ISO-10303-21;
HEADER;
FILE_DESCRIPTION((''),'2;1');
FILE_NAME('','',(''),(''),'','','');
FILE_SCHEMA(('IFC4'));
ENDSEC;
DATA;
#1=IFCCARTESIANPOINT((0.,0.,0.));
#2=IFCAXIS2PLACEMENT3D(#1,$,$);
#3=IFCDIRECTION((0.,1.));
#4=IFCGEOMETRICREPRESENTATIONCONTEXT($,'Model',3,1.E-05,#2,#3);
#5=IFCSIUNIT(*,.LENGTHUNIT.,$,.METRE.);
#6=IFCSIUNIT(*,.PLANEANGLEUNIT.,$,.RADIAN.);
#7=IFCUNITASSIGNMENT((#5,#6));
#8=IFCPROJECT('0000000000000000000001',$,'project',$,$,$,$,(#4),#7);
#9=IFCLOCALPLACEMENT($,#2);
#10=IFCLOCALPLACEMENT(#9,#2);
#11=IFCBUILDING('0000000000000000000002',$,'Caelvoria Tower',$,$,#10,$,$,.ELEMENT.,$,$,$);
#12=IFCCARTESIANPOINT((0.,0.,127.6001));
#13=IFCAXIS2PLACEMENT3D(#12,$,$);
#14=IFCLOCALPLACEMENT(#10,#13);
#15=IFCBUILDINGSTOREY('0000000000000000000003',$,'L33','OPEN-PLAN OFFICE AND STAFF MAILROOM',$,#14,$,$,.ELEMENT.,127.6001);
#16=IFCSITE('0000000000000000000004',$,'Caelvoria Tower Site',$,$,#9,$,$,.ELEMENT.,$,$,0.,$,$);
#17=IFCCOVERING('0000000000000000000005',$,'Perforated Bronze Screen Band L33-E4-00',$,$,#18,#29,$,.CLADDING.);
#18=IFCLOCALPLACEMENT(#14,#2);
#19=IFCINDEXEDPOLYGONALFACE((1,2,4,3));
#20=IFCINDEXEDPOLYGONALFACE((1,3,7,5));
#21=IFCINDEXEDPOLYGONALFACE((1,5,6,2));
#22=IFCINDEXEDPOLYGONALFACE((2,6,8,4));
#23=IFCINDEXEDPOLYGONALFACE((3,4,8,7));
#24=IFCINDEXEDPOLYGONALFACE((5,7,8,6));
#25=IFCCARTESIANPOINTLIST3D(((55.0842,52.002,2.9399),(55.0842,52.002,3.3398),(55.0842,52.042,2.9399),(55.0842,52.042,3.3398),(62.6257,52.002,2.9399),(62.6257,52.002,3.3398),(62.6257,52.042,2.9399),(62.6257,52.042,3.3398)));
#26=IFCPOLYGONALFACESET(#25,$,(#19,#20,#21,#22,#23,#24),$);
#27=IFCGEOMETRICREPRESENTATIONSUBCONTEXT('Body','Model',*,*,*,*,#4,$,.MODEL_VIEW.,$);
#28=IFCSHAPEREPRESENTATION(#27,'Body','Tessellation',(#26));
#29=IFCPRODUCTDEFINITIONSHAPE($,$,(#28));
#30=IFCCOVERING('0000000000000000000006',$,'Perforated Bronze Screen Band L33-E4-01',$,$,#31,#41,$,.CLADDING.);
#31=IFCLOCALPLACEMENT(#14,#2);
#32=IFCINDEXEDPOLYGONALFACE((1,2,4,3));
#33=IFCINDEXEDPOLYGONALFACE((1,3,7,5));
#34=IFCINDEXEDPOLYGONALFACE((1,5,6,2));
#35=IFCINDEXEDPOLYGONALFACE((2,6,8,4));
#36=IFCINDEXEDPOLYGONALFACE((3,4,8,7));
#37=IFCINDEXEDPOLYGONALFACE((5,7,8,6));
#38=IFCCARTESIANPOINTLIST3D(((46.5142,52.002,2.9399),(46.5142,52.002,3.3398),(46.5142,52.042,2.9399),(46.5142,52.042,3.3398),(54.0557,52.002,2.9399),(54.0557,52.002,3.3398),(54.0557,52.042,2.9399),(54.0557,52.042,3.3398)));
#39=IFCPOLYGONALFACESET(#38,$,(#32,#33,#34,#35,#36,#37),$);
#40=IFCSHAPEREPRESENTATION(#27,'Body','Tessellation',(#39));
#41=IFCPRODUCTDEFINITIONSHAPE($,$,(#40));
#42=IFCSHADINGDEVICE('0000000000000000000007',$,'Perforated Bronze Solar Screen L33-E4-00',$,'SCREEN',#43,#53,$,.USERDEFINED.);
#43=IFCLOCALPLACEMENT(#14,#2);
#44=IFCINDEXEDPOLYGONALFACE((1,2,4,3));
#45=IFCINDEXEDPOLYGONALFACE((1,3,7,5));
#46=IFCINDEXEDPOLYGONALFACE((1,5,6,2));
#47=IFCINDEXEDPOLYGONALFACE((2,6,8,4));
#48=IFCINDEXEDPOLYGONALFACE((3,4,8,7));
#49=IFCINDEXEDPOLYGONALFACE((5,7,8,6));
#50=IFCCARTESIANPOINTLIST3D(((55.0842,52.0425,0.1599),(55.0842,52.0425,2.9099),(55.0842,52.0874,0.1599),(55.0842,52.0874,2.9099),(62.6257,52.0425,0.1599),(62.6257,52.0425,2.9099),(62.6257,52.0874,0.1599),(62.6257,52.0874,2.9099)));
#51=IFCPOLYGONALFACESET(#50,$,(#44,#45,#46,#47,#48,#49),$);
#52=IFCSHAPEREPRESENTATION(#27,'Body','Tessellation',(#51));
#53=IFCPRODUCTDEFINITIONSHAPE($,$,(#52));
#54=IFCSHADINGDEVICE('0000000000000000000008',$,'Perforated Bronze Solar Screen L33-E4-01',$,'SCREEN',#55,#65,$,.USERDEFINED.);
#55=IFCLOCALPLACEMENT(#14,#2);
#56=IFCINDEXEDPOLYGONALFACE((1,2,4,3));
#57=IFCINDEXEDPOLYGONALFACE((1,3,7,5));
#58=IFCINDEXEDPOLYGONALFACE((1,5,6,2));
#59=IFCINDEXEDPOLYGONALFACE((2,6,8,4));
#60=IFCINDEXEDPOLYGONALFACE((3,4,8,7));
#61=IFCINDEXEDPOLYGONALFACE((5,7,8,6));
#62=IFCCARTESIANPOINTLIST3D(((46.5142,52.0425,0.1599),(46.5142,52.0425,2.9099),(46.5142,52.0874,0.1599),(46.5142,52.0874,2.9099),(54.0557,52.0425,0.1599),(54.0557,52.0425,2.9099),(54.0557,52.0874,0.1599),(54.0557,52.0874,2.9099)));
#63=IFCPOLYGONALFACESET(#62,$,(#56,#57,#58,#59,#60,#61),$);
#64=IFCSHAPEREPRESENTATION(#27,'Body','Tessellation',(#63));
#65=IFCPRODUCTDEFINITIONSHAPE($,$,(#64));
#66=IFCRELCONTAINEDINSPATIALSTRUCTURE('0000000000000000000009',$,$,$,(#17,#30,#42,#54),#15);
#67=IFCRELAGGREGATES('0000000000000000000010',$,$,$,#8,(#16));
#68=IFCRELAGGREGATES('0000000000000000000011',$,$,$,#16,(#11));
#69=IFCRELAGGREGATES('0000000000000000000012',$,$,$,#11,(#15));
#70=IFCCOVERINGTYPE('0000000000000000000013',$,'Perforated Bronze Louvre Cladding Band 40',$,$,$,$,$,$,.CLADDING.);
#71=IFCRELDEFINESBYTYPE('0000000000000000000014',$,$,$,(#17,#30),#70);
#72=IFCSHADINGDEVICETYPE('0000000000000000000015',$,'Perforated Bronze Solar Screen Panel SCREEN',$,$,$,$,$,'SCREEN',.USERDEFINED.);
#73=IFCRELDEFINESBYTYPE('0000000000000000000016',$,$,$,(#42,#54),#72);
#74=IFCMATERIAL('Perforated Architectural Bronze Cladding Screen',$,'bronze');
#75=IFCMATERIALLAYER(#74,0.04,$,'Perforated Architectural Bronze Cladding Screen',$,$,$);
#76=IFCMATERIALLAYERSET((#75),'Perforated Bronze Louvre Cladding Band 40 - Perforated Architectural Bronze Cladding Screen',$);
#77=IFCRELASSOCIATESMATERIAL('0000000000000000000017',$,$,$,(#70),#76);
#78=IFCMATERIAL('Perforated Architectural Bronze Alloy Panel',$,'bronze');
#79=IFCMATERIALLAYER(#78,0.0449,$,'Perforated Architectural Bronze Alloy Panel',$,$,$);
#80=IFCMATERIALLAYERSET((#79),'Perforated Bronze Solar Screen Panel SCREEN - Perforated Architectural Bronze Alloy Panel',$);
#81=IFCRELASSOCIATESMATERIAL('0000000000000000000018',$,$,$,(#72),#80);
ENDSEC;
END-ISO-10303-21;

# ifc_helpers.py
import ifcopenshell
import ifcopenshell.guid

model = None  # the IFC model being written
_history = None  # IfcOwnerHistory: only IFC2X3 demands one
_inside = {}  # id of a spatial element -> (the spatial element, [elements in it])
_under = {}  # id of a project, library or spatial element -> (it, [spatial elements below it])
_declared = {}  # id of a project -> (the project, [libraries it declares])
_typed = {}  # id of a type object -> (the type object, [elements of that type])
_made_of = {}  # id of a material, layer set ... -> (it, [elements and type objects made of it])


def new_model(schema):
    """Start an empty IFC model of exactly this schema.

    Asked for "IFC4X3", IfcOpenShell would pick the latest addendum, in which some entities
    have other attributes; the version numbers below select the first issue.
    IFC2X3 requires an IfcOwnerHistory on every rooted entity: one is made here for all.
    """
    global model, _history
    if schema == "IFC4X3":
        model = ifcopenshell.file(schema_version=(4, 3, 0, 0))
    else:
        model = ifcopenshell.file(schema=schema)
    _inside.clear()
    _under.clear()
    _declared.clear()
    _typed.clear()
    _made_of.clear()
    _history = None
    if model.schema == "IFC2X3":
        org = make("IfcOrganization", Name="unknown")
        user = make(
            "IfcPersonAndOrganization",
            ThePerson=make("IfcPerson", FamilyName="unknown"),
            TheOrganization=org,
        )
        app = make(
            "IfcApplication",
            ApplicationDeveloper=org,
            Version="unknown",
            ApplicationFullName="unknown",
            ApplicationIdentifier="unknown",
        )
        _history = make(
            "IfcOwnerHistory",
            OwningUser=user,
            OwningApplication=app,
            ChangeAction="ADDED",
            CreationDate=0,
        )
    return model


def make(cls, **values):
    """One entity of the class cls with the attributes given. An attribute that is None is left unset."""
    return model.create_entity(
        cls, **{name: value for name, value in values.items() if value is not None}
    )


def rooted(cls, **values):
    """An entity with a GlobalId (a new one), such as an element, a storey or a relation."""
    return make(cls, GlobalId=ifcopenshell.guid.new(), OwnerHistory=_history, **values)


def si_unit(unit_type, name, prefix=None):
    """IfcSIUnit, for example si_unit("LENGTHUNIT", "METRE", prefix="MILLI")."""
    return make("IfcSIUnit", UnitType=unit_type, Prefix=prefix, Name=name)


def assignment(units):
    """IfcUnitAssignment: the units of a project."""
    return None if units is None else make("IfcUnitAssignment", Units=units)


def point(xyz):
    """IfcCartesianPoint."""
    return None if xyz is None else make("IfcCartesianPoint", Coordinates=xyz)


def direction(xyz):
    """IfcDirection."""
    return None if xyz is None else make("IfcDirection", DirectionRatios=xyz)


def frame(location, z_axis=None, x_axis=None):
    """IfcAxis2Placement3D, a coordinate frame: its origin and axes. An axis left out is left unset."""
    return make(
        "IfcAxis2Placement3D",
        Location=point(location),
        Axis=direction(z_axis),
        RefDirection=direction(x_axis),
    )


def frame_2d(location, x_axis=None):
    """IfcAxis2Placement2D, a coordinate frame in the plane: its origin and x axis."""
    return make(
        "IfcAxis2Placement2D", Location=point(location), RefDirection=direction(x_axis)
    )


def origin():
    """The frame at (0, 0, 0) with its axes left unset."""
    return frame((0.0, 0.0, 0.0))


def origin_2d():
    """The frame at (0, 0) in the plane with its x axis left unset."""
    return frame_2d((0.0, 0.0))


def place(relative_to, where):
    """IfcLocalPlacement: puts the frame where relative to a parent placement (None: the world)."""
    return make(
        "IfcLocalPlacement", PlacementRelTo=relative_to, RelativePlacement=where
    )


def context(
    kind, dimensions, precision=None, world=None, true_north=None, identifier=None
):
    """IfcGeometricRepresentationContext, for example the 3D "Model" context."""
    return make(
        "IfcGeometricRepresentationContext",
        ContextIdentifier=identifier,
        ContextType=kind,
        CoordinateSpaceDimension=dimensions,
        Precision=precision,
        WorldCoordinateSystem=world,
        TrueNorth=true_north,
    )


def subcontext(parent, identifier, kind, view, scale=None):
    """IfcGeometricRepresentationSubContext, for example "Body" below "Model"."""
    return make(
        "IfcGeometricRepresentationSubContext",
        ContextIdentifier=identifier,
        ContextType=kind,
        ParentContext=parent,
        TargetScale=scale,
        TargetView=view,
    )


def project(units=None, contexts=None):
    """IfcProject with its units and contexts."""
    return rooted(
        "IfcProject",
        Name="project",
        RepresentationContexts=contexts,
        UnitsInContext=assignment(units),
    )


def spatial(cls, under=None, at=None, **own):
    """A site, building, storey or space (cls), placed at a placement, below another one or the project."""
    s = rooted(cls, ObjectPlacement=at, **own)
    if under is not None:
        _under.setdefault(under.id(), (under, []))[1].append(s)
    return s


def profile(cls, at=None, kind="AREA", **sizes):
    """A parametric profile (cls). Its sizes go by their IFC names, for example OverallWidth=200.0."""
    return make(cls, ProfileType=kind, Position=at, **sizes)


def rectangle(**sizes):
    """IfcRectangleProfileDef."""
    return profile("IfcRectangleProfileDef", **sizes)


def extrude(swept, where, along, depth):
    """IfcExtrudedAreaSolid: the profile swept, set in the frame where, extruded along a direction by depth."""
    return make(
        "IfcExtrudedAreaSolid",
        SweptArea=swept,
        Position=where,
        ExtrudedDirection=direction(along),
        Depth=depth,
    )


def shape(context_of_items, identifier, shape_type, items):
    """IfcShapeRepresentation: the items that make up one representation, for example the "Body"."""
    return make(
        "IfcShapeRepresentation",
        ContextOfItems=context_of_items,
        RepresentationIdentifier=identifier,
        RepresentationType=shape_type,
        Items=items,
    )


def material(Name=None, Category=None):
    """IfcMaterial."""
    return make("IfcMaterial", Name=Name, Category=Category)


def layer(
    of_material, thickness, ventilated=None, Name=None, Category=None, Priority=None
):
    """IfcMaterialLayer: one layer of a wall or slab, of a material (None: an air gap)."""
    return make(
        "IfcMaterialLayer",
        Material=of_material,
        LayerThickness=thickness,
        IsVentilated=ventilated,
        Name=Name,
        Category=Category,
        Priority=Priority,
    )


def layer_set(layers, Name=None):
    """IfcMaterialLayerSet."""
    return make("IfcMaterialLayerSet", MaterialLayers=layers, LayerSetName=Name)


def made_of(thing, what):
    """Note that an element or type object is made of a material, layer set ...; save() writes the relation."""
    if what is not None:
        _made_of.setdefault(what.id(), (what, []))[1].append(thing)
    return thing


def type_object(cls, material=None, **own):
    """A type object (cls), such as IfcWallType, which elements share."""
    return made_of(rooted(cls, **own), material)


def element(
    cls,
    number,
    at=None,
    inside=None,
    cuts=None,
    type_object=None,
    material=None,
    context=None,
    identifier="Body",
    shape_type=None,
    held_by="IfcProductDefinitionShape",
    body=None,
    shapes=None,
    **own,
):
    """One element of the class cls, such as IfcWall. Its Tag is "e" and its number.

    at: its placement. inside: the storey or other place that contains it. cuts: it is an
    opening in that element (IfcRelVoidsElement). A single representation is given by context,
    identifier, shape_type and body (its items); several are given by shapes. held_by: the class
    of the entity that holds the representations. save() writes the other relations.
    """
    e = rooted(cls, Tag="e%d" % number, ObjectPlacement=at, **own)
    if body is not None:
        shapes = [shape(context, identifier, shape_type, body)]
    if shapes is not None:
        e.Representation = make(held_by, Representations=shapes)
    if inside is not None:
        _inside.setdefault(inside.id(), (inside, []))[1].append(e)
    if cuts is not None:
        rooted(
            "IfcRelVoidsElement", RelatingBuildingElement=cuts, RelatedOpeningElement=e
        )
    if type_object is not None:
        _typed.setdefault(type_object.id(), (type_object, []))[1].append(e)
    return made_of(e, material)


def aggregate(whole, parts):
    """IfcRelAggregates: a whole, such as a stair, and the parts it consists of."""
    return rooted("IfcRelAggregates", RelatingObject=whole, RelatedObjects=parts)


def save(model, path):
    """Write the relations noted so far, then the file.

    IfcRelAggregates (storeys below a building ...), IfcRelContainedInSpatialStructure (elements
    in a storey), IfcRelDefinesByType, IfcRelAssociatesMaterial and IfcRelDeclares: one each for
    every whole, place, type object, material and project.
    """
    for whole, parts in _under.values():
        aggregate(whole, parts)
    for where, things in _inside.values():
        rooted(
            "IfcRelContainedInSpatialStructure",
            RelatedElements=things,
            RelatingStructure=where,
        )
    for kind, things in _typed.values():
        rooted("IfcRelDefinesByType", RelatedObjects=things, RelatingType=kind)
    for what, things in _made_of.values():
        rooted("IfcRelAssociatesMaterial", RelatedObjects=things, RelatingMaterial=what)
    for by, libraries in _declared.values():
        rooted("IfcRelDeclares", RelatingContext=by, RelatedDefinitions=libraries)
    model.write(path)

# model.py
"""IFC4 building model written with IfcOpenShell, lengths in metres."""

from ifc_helpers import new_model, si_unit, direction, frame, origin, origin_2d, place, context, subcontext, project, spatial, rectangle, extrude, material, layer, layer_set, type_object, element, save


model = new_model("IFC4")

# Units and contexts
model_context = context("Model", 3, precision=1e-05, world=origin(), true_north=direction((0.0, 1.0)))
body_context = subcontext(model_context, "Body", "Model", "MODEL_VIEW")
ifc_project = project(units=[si_unit("LENGTHUNIT", "METRE"), si_unit("PLANEANGLEUNIT", "RADIAN")], contexts=[model_context])

# Site, building, storey
site_placement = place(None, origin())
site = spatial("IfcSite", under=ifc_project, at=site_placement, Name="Caelvoria Tower Site", CompositionType="ELEMENT", RefElevation=0.0)
building_placement = place(site_placement, origin())
building = spatial("IfcBuilding", under=site, at=building_placement, Name="Caelvoria Tower", CompositionType="ELEMENT")
storey_placement = place(building_placement, frame((0.0, 0.0, 127.6001)))
storey = spatial("IfcBuildingStorey", under=building, at=storey_placement, Name="L33", Description="OPEN-PLAN OFFICE AND STAFF MAILROOM", CompositionType="ELEMENT", Elevation=127.6001)

# Coverings
ifc_material_1 = material(Name="Perforated Architectural Bronze Cladding Screen", Category="bronze")
ifc_layer_1 = layer(ifc_material_1, 0.04, Name="Perforated Architectural Bronze Cladding Screen")
ifc_layer_set_1 = layer_set([ifc_layer_1], Name="Perforated Bronze Louvre Cladding Band 40 - Perforated Architectural Bronze Cladding Screen")
covering_type = type_object("IfcCoveringType", Name="Perforated Bronze Louvre Cladding Band 40", PredefinedType="CLADDING", material=ifc_layer_set_1)
for number, where, z_axis, x_axis, name in (
    (1, (58.855, 52.022, 2.9399), (0.0, 0.0, 1.0), (-1.0, 0.0, 0.0), "Perforated Bronze Screen Band L33-E4-00"),
    (2, (50.2849, 52.022, 2.9399), (0.0, 0.0, 1.0), (-1.0, 0.0, 0.0), "Perforated Bronze Screen Band L33-E4-01"),
):
    element("IfcCovering", number, at=place(storey_placement, frame(where, z_axis=z_axis, x_axis=x_axis)), inside=storey, type_object=covering_type, Name=name, PredefinedType="CLADDING", context=body_context, shape_type="SweptSolid", body=[
        extrude(rectangle(XDim=7.5415, YDim=0.04, at=origin_2d()), origin(), (0.0, 0.0, 1.0), 0.3999),
    ])

# Shading devices
ifc_material_2 = material(Name="Perforated Architectural Bronze Alloy Panel", Category="bronze")
ifc_layer_2 = layer(ifc_material_2, 0.0449, Name="Perforated Architectural Bronze Alloy Panel")
ifc_layer_set_2 = layer_set([ifc_layer_2], Name="Perforated Bronze Solar Screen Panel SCREEN - Perforated Architectural Bronze Alloy Panel")
shading_device_type = type_object("IfcShadingDeviceType", Name="Perforated Bronze Solar Screen Panel SCREEN", ElementType="SCREEN", PredefinedType="USERDEFINED", material=ifc_layer_set_2)
for number, where, z_axis, x_axis, name in (
    (3, (58.855, 52.0649, 0.1599), (0.0, 0.0, 1.0), (-1.0, 0.0, 0.0), "Perforated Bronze Solar Screen L33-E4-00"),
    (4, (50.2849, 52.0649, 0.1599), (0.0, 0.0, 1.0), (-1.0, 0.0, 0.0), "Perforated Bronze Solar Screen L33-E4-01"),
):
    element("IfcShadingDevice", number, at=place(storey_placement, frame(where, z_axis=z_axis, x_axis=x_axis)), inside=storey, type_object=shading_device_type, Name=name, ObjectType="SCREEN", PredefinedType="USERDEFINED", context=body_context, shape_type="SweptSolid", body=[
        extrude(rectangle(XDim=7.5415, YDim=0.0449, at=origin_2d()), origin(), (0.0, 0.0, 1.0), 2.75),
    ])

save(model, "model.ifc")
